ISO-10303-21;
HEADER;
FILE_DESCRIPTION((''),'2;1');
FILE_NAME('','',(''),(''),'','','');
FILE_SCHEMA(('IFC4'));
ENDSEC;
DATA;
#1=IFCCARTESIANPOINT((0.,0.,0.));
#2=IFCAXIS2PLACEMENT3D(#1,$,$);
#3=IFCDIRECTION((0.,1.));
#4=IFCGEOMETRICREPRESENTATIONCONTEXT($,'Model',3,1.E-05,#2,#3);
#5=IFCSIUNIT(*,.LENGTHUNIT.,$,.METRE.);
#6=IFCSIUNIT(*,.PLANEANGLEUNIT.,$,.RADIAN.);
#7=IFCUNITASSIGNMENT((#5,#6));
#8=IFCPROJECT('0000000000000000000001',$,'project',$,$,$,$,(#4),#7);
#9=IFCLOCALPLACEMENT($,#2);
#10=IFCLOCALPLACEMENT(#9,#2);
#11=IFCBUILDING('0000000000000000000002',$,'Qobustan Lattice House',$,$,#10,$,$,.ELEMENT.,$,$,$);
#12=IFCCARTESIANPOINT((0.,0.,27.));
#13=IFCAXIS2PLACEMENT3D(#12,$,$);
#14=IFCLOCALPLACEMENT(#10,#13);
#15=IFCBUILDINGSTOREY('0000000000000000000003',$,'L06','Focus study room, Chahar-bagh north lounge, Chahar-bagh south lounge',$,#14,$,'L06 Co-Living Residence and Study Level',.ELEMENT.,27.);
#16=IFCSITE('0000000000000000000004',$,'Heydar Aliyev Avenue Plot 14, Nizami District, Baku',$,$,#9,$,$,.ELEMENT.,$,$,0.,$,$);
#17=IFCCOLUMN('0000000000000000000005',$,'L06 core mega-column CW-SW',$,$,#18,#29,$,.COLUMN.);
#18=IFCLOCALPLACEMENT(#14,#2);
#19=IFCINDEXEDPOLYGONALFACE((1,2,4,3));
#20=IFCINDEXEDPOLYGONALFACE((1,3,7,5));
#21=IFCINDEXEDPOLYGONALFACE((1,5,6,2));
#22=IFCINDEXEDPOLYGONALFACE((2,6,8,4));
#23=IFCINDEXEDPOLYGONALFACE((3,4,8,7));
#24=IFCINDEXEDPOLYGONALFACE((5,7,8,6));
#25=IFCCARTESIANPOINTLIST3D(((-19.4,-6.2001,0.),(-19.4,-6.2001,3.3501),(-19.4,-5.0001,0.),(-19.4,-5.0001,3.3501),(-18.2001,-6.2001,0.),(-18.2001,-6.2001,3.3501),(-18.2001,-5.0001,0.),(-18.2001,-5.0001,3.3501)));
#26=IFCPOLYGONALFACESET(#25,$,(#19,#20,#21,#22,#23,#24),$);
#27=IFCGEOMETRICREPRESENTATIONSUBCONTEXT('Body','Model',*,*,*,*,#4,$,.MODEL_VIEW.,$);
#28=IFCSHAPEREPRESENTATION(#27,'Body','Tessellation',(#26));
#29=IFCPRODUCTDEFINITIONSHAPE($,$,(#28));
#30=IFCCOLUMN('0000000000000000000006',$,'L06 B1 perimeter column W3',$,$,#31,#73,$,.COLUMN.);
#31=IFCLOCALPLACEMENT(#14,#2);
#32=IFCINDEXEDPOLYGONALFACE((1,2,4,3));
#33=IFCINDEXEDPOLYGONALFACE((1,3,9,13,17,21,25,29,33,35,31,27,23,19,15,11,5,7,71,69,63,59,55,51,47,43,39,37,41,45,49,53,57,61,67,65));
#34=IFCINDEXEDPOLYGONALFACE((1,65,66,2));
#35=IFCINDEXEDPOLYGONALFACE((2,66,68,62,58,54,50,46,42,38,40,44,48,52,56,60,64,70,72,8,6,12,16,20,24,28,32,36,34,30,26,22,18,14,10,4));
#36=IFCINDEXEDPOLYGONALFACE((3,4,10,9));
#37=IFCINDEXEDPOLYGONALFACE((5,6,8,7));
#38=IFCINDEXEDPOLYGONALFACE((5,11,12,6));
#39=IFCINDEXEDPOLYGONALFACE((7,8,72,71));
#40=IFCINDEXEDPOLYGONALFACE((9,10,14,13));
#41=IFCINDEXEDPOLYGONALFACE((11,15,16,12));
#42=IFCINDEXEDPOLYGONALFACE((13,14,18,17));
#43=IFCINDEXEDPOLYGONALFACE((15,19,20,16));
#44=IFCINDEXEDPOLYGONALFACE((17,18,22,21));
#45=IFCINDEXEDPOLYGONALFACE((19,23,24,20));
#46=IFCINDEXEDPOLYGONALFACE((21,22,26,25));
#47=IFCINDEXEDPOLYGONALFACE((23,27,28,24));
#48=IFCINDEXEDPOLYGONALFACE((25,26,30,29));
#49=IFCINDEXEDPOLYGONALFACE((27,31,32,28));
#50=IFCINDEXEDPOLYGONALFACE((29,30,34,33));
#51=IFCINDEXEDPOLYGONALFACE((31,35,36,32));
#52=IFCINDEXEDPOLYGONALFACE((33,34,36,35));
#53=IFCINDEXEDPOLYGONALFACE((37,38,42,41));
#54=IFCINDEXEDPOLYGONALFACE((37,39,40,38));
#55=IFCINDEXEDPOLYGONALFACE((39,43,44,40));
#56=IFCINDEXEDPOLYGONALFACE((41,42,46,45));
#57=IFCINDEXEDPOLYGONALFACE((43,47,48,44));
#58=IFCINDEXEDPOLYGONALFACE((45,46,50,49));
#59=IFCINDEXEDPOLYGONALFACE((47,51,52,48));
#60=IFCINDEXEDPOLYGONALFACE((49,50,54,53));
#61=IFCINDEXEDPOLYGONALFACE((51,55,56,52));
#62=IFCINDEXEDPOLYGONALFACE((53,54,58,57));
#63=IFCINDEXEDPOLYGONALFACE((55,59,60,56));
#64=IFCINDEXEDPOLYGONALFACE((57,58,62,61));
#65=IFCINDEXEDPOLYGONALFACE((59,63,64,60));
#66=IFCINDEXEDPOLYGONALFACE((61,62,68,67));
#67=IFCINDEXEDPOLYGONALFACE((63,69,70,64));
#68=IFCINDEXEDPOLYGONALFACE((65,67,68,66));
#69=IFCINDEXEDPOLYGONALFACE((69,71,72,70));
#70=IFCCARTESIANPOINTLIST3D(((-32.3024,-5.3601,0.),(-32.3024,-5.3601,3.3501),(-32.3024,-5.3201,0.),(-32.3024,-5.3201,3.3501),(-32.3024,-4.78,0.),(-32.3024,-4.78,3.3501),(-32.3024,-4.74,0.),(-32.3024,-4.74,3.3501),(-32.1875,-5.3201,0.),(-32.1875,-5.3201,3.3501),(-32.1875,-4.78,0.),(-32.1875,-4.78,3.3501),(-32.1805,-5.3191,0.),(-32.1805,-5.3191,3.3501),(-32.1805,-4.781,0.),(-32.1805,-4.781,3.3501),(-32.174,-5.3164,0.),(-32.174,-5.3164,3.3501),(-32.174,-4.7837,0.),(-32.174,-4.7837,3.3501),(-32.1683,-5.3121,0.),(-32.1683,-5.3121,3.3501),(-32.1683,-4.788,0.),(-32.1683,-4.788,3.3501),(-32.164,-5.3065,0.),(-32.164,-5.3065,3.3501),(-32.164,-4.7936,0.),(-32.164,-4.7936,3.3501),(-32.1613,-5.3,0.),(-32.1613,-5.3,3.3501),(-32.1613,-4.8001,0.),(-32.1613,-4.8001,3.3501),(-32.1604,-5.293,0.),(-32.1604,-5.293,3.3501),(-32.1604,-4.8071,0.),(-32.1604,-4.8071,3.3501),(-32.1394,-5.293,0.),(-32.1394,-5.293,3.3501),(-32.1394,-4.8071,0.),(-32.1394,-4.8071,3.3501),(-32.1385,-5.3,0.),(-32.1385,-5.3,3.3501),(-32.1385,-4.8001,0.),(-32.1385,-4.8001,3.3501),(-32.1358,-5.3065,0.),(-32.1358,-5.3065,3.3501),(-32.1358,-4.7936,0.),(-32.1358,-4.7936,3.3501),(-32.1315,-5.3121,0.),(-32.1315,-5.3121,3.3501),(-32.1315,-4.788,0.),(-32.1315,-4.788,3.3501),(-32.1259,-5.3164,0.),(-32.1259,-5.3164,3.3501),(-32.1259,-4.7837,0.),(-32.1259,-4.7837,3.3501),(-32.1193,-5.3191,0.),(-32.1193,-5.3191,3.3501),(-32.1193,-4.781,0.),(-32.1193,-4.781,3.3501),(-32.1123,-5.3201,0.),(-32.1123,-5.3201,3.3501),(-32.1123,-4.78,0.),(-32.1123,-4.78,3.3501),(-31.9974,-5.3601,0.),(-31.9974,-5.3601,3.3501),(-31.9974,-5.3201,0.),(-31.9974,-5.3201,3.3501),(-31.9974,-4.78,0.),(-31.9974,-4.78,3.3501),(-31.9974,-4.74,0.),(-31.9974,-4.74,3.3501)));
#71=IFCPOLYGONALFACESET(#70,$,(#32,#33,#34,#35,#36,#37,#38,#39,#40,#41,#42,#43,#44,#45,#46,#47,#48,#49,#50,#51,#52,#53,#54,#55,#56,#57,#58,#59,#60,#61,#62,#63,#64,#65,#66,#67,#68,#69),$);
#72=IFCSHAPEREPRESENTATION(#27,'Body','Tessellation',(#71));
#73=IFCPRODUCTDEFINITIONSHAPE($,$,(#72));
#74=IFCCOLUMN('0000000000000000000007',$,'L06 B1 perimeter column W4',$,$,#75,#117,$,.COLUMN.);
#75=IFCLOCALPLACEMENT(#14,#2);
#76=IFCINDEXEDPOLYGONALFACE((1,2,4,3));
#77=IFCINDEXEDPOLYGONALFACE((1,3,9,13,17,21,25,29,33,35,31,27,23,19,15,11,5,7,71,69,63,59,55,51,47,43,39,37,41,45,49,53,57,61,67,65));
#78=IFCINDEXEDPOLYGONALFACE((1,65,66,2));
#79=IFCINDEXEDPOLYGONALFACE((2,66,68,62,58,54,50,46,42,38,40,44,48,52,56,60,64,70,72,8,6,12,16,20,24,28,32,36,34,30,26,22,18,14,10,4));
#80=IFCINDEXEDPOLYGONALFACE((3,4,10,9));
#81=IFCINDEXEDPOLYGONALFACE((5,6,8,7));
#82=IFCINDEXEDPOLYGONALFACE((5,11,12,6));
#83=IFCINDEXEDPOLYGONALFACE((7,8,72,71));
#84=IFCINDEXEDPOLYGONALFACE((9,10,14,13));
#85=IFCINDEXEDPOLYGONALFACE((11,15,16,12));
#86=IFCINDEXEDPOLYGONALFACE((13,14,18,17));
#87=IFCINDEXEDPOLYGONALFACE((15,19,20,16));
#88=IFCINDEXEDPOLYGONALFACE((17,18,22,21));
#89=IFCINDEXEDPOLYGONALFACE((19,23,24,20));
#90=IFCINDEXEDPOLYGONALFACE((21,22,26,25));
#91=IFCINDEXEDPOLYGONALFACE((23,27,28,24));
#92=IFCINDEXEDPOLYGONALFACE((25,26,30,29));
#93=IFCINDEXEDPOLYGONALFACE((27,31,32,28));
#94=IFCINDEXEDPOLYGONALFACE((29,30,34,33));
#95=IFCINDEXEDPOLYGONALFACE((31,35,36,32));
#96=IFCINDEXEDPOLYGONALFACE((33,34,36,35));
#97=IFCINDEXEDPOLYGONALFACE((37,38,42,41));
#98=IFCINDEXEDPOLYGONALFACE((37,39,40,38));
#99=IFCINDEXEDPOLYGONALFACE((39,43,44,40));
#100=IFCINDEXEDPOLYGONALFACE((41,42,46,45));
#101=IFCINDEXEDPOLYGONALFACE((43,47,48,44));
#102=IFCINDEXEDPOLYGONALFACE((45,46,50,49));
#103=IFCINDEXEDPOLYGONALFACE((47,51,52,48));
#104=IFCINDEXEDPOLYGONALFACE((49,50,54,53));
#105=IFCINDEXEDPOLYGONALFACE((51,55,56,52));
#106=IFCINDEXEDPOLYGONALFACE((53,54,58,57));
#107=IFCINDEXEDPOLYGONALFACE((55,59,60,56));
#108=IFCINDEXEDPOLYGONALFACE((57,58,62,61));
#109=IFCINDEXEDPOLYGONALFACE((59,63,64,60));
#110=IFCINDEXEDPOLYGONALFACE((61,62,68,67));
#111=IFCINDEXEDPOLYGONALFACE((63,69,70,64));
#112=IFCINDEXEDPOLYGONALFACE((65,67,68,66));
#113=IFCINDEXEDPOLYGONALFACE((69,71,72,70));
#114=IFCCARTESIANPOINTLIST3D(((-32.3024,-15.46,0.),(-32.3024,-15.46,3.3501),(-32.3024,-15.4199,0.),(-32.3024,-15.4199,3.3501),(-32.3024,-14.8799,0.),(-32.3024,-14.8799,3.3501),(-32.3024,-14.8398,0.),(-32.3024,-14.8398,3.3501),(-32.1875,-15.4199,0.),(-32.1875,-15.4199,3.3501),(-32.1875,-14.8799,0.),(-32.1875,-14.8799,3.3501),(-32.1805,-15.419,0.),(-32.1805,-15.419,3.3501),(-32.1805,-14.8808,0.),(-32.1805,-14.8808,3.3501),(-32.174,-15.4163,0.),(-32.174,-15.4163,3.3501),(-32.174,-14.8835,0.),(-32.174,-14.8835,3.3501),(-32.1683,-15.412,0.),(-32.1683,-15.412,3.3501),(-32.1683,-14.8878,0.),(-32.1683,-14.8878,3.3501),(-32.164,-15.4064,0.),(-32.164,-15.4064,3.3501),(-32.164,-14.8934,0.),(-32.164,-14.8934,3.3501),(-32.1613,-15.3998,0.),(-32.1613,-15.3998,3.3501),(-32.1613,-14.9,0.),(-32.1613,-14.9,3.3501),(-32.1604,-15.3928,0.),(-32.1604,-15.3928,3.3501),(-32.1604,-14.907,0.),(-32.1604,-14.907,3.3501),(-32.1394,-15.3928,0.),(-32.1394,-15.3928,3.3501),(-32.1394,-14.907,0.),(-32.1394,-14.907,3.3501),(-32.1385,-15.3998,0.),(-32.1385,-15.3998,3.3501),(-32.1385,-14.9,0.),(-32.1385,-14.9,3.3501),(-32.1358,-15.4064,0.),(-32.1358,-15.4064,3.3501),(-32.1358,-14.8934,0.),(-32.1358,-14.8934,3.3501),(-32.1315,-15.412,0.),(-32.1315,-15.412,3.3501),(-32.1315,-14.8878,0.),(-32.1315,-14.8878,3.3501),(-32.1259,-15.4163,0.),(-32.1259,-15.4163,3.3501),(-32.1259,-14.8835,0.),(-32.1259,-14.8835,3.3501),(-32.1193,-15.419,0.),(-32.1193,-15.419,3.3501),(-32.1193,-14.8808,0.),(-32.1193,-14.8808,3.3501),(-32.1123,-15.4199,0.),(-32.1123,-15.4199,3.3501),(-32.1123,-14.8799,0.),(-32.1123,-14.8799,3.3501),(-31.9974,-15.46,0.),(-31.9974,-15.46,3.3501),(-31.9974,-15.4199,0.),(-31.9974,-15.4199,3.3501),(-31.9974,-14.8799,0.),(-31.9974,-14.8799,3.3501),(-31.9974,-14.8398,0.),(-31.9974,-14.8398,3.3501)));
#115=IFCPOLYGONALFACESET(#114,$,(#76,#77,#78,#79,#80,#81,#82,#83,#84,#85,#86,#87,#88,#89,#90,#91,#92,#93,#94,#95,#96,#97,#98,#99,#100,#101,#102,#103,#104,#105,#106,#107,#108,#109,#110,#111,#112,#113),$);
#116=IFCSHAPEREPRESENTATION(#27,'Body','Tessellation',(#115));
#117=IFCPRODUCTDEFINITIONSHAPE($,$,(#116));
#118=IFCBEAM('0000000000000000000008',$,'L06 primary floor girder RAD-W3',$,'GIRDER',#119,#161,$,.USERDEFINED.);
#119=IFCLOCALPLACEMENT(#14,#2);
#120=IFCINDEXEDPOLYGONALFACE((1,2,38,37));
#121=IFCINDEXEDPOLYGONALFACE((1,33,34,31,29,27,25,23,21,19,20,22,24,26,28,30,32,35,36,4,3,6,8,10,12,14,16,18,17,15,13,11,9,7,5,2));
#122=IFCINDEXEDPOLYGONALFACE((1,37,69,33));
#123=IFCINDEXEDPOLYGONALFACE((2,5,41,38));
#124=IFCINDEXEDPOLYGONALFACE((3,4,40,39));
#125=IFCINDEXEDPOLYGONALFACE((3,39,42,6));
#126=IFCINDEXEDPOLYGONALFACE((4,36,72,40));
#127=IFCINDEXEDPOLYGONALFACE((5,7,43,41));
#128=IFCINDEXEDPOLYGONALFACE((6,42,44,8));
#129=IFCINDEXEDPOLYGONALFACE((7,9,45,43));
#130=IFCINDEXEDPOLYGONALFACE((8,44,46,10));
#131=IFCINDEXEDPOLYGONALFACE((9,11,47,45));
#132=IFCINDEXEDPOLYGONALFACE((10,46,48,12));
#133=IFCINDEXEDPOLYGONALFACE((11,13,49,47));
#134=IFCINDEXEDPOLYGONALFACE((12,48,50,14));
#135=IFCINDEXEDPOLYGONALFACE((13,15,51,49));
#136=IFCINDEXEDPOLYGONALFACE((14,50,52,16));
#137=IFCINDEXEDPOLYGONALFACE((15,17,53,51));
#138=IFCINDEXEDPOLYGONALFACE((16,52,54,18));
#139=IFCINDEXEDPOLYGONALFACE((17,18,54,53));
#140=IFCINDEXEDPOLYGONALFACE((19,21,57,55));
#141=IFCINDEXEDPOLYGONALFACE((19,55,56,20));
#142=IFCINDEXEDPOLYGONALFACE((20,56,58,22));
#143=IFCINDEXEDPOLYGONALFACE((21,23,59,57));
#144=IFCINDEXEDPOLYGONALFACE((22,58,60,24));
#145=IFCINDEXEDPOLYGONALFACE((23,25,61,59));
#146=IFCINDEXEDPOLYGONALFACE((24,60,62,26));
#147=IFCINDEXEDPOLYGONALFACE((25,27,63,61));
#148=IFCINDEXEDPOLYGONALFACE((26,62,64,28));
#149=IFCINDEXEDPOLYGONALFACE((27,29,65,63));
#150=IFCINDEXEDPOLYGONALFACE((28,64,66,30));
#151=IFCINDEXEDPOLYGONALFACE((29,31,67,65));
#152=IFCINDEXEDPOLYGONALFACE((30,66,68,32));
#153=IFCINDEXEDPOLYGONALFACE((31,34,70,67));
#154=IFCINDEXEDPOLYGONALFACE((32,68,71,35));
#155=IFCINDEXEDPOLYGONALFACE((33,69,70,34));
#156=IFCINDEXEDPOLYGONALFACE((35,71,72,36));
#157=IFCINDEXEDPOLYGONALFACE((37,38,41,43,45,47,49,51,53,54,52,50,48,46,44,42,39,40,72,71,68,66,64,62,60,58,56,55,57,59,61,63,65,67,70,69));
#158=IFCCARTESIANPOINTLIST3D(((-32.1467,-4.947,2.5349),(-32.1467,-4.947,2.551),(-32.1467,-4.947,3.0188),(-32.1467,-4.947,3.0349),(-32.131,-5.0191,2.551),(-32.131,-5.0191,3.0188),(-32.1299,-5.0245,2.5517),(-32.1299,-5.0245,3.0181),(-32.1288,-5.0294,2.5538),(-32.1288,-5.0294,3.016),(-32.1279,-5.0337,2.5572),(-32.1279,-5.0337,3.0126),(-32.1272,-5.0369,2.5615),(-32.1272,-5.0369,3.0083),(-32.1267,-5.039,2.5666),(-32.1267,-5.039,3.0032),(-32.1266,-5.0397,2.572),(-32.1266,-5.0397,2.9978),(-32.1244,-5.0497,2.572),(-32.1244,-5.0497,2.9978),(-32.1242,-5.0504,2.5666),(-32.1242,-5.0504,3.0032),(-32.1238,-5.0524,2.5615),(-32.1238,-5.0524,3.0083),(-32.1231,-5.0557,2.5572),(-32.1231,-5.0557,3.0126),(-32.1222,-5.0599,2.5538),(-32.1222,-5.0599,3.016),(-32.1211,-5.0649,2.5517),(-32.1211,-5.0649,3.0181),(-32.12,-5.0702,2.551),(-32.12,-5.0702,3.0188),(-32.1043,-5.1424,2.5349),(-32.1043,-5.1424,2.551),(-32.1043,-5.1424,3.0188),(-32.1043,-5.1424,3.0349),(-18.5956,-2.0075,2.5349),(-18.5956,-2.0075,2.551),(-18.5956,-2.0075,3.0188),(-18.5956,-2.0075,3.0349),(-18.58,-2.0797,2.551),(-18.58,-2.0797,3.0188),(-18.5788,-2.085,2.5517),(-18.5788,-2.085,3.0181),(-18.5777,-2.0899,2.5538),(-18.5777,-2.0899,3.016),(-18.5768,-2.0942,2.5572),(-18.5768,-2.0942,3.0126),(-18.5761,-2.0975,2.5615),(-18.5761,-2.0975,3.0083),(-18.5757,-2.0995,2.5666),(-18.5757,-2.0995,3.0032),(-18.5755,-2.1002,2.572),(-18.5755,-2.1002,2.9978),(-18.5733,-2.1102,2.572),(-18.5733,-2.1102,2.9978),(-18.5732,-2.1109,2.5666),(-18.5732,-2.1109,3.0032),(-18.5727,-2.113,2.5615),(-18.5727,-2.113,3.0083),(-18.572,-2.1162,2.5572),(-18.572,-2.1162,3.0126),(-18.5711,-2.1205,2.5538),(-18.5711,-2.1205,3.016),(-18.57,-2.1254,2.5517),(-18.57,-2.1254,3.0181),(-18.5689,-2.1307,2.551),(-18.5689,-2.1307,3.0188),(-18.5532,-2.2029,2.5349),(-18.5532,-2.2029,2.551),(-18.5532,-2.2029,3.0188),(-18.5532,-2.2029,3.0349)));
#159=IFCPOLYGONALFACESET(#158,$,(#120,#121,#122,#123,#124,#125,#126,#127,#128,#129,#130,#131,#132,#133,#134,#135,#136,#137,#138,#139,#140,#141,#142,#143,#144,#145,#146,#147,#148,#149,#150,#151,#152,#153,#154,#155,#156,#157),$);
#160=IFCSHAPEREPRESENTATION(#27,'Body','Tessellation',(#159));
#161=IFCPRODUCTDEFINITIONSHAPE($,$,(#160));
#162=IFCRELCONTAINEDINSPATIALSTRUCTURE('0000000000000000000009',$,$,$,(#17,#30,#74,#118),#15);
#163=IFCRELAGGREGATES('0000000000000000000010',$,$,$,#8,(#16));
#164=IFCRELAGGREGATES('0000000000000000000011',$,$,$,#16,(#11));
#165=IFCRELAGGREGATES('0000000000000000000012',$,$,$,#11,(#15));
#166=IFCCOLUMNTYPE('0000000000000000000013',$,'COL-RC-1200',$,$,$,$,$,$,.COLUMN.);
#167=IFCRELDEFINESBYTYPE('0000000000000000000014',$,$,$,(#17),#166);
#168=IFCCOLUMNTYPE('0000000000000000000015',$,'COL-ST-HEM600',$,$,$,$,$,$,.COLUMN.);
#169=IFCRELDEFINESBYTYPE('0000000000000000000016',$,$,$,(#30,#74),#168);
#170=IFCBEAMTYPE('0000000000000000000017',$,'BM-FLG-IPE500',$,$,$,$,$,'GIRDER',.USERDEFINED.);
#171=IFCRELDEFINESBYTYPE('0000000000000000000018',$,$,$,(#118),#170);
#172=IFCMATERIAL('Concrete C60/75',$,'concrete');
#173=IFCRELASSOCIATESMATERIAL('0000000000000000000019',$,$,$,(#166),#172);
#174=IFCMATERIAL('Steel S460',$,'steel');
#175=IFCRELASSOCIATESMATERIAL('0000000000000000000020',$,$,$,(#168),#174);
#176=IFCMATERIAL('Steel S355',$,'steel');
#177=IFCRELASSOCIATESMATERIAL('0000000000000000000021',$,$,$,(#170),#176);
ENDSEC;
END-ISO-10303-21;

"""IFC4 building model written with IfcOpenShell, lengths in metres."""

from ifc_helpers import new_model, si_unit, direction, frame, origin, origin_2d, place, context, subcontext, project, spatial, rectangle, i_section, extrude, material, material_profile, profile_set, type_object, element, save


model = new_model("IFC4")

# Units and contexts
model_context = context("Model", 3, precision=1e-05, world=origin(), true_north=direction((0.0, 1.0)))
body_context = subcontext(model_context, "Body", "Model", "MODEL_VIEW")
ifc_project = project(units=[si_unit("LENGTHUNIT", "METRE"), si_unit("PLANEANGLEUNIT", "RADIAN")], contexts=[model_context])

# Site, building, storey
site_placement = place(None, origin())
site = spatial("IfcSite", under=ifc_project, at=site_placement, Name="Heydar Aliyev Avenue Plot 14, Nizami District, Baku", CompositionType="ELEMENT", RefElevation=0.0)
building_placement = place(site_placement, origin())
building = spatial("IfcBuilding", under=site, at=building_placement, Name="Qobustan Lattice House", CompositionType="ELEMENT")
storey_placement = place(building_placement, frame((0.0, 0.0, 27.0)))
storey = spatial("IfcBuildingStorey", under=building, at=storey_placement, Name="L06", Description="Focus study room, Chahar-bagh north lounge, Chahar-bagh south lounge", LongName="L06 Co-Living Residence and Study Level", CompositionType="ELEMENT", Elevation=27.0)

# Columns
ifc_material_1 = material(Name="Concrete C60/75", Category="concrete")
ifc_material_profile_1 = material_profile(ifc_material_1, rectangle(XDim=1.2, YDim=1.2, at=origin_2d()), Name="RC1200x1200")
ifc_profile_set_1 = profile_set([ifc_material_profile_1], Name="Concrete C60/75")
column_type_1 = type_object("IfcColumnType", Name="COL-RC-1200", PredefinedType="COLUMN", material=ifc_profile_set_1)
column_placement = place(storey_placement, frame((-18.8, -5.6001, 0.0), z_axis=(0.0, 0.0, 1.0), x_axis=(1.0, 0.0, 0.0)))
element("IfcColumn", 1, at=column_placement, inside=storey, type_object=column_type_1, Name="L06 core mega-column CW-SW", PredefinedType="COLUMN", context=body_context, shape_type="SweptSolid", body=[
    extrude(rectangle(XDim=1.2, YDim=1.2, at=origin_2d()), origin(), (0.0, 0.0, 1.0), 3.3501),
])
ifc_material_2 = material(Name="Steel S460", Category="steel")
ifc_material_profile_2 = material_profile(ifc_material_2, i_section(OverallWidth=0.3049, OverallDepth=0.6201, WebThickness=0.021, FlangeThickness=0.04, FilletRadius=0.0271, at=origin_2d()), Name="HEM600")
ifc_profile_set_2 = profile_set([ifc_material_profile_2], Name="Steel S460")
column_type_2 = type_object("IfcColumnType", Name="COL-ST-HEM600", PredefinedType="COLUMN", material=ifc_profile_set_2)
for number, where, z_axis, x_axis, name in (
    (2, (-32.1499, -5.05, 0.0), (0.0, 0.0, 1.0), (1.0, 0.0, 0.0), "L06 B1 perimeter column W3"),
    (3, (-32.1499, -15.1499, 0.0), (0.0, 0.0, 1.0), (1.0, 0.0, 0.0), "L06 B1 perimeter column W4"),
):
    element("IfcColumn", number, at=place(storey_placement, frame(where, z_axis=z_axis, x_axis=x_axis)), inside=storey, type_object=column_type_2, Name=name, PredefinedType="COLUMN", context=body_context, shape_type="SweptSolid", body=[
        extrude(i_section(OverallWidth=0.3049, OverallDepth=0.6201, WebThickness=0.021, FlangeThickness=0.04, FilletRadius=0.0271, at=origin_2d()), origin(), (0.0, 0.0, 1.0), 3.3501),
    ])

# Beam
ifc_material_3 = material(Name="Steel S355", Category="steel")
ifc_material_profile_3 = material_profile(ifc_material_3, i_section(OverallWidth=0.2, OverallDepth=0.5, WebThickness=0.0103, FlangeThickness=0.0161, FilletRadius=0.021, at=origin_2d()), Name="IPE500")
ifc_profile_set_3 = profile_set([ifc_material_profile_3], Name="Steel S355")
beam_type_1 = type_object("IfcBeamType", Name="BM-FLG-IPE500", ElementType="GIRDER", PredefinedType="USERDEFINED", material=ifc_profile_set_3)
beam_1_placement = place(storey_placement, frame((-32.1255, -5.0447, 2.7849), z_axis=(0.977272, 0.211987, 0.0), x_axis=(-0.211987, 0.977272, 0.0)))
element("IfcBeam", 4, at=beam_1_placement, inside=storey, type_object=beam_type_1, Name="L06 primary floor girder RAD-W3", ObjectType="GIRDER", PredefinedType="USERDEFINED", context=body_context, shape_type="SweptSolid", body=[
    extrude(i_section(OverallWidth=0.2, OverallDepth=0.5, WebThickness=0.0103, FlangeThickness=0.0161, FilletRadius=0.021, at=origin_2d()), origin(), (0.0, 0.0, 1.0), 13.8662),
])

save(model, "model.ifc")
